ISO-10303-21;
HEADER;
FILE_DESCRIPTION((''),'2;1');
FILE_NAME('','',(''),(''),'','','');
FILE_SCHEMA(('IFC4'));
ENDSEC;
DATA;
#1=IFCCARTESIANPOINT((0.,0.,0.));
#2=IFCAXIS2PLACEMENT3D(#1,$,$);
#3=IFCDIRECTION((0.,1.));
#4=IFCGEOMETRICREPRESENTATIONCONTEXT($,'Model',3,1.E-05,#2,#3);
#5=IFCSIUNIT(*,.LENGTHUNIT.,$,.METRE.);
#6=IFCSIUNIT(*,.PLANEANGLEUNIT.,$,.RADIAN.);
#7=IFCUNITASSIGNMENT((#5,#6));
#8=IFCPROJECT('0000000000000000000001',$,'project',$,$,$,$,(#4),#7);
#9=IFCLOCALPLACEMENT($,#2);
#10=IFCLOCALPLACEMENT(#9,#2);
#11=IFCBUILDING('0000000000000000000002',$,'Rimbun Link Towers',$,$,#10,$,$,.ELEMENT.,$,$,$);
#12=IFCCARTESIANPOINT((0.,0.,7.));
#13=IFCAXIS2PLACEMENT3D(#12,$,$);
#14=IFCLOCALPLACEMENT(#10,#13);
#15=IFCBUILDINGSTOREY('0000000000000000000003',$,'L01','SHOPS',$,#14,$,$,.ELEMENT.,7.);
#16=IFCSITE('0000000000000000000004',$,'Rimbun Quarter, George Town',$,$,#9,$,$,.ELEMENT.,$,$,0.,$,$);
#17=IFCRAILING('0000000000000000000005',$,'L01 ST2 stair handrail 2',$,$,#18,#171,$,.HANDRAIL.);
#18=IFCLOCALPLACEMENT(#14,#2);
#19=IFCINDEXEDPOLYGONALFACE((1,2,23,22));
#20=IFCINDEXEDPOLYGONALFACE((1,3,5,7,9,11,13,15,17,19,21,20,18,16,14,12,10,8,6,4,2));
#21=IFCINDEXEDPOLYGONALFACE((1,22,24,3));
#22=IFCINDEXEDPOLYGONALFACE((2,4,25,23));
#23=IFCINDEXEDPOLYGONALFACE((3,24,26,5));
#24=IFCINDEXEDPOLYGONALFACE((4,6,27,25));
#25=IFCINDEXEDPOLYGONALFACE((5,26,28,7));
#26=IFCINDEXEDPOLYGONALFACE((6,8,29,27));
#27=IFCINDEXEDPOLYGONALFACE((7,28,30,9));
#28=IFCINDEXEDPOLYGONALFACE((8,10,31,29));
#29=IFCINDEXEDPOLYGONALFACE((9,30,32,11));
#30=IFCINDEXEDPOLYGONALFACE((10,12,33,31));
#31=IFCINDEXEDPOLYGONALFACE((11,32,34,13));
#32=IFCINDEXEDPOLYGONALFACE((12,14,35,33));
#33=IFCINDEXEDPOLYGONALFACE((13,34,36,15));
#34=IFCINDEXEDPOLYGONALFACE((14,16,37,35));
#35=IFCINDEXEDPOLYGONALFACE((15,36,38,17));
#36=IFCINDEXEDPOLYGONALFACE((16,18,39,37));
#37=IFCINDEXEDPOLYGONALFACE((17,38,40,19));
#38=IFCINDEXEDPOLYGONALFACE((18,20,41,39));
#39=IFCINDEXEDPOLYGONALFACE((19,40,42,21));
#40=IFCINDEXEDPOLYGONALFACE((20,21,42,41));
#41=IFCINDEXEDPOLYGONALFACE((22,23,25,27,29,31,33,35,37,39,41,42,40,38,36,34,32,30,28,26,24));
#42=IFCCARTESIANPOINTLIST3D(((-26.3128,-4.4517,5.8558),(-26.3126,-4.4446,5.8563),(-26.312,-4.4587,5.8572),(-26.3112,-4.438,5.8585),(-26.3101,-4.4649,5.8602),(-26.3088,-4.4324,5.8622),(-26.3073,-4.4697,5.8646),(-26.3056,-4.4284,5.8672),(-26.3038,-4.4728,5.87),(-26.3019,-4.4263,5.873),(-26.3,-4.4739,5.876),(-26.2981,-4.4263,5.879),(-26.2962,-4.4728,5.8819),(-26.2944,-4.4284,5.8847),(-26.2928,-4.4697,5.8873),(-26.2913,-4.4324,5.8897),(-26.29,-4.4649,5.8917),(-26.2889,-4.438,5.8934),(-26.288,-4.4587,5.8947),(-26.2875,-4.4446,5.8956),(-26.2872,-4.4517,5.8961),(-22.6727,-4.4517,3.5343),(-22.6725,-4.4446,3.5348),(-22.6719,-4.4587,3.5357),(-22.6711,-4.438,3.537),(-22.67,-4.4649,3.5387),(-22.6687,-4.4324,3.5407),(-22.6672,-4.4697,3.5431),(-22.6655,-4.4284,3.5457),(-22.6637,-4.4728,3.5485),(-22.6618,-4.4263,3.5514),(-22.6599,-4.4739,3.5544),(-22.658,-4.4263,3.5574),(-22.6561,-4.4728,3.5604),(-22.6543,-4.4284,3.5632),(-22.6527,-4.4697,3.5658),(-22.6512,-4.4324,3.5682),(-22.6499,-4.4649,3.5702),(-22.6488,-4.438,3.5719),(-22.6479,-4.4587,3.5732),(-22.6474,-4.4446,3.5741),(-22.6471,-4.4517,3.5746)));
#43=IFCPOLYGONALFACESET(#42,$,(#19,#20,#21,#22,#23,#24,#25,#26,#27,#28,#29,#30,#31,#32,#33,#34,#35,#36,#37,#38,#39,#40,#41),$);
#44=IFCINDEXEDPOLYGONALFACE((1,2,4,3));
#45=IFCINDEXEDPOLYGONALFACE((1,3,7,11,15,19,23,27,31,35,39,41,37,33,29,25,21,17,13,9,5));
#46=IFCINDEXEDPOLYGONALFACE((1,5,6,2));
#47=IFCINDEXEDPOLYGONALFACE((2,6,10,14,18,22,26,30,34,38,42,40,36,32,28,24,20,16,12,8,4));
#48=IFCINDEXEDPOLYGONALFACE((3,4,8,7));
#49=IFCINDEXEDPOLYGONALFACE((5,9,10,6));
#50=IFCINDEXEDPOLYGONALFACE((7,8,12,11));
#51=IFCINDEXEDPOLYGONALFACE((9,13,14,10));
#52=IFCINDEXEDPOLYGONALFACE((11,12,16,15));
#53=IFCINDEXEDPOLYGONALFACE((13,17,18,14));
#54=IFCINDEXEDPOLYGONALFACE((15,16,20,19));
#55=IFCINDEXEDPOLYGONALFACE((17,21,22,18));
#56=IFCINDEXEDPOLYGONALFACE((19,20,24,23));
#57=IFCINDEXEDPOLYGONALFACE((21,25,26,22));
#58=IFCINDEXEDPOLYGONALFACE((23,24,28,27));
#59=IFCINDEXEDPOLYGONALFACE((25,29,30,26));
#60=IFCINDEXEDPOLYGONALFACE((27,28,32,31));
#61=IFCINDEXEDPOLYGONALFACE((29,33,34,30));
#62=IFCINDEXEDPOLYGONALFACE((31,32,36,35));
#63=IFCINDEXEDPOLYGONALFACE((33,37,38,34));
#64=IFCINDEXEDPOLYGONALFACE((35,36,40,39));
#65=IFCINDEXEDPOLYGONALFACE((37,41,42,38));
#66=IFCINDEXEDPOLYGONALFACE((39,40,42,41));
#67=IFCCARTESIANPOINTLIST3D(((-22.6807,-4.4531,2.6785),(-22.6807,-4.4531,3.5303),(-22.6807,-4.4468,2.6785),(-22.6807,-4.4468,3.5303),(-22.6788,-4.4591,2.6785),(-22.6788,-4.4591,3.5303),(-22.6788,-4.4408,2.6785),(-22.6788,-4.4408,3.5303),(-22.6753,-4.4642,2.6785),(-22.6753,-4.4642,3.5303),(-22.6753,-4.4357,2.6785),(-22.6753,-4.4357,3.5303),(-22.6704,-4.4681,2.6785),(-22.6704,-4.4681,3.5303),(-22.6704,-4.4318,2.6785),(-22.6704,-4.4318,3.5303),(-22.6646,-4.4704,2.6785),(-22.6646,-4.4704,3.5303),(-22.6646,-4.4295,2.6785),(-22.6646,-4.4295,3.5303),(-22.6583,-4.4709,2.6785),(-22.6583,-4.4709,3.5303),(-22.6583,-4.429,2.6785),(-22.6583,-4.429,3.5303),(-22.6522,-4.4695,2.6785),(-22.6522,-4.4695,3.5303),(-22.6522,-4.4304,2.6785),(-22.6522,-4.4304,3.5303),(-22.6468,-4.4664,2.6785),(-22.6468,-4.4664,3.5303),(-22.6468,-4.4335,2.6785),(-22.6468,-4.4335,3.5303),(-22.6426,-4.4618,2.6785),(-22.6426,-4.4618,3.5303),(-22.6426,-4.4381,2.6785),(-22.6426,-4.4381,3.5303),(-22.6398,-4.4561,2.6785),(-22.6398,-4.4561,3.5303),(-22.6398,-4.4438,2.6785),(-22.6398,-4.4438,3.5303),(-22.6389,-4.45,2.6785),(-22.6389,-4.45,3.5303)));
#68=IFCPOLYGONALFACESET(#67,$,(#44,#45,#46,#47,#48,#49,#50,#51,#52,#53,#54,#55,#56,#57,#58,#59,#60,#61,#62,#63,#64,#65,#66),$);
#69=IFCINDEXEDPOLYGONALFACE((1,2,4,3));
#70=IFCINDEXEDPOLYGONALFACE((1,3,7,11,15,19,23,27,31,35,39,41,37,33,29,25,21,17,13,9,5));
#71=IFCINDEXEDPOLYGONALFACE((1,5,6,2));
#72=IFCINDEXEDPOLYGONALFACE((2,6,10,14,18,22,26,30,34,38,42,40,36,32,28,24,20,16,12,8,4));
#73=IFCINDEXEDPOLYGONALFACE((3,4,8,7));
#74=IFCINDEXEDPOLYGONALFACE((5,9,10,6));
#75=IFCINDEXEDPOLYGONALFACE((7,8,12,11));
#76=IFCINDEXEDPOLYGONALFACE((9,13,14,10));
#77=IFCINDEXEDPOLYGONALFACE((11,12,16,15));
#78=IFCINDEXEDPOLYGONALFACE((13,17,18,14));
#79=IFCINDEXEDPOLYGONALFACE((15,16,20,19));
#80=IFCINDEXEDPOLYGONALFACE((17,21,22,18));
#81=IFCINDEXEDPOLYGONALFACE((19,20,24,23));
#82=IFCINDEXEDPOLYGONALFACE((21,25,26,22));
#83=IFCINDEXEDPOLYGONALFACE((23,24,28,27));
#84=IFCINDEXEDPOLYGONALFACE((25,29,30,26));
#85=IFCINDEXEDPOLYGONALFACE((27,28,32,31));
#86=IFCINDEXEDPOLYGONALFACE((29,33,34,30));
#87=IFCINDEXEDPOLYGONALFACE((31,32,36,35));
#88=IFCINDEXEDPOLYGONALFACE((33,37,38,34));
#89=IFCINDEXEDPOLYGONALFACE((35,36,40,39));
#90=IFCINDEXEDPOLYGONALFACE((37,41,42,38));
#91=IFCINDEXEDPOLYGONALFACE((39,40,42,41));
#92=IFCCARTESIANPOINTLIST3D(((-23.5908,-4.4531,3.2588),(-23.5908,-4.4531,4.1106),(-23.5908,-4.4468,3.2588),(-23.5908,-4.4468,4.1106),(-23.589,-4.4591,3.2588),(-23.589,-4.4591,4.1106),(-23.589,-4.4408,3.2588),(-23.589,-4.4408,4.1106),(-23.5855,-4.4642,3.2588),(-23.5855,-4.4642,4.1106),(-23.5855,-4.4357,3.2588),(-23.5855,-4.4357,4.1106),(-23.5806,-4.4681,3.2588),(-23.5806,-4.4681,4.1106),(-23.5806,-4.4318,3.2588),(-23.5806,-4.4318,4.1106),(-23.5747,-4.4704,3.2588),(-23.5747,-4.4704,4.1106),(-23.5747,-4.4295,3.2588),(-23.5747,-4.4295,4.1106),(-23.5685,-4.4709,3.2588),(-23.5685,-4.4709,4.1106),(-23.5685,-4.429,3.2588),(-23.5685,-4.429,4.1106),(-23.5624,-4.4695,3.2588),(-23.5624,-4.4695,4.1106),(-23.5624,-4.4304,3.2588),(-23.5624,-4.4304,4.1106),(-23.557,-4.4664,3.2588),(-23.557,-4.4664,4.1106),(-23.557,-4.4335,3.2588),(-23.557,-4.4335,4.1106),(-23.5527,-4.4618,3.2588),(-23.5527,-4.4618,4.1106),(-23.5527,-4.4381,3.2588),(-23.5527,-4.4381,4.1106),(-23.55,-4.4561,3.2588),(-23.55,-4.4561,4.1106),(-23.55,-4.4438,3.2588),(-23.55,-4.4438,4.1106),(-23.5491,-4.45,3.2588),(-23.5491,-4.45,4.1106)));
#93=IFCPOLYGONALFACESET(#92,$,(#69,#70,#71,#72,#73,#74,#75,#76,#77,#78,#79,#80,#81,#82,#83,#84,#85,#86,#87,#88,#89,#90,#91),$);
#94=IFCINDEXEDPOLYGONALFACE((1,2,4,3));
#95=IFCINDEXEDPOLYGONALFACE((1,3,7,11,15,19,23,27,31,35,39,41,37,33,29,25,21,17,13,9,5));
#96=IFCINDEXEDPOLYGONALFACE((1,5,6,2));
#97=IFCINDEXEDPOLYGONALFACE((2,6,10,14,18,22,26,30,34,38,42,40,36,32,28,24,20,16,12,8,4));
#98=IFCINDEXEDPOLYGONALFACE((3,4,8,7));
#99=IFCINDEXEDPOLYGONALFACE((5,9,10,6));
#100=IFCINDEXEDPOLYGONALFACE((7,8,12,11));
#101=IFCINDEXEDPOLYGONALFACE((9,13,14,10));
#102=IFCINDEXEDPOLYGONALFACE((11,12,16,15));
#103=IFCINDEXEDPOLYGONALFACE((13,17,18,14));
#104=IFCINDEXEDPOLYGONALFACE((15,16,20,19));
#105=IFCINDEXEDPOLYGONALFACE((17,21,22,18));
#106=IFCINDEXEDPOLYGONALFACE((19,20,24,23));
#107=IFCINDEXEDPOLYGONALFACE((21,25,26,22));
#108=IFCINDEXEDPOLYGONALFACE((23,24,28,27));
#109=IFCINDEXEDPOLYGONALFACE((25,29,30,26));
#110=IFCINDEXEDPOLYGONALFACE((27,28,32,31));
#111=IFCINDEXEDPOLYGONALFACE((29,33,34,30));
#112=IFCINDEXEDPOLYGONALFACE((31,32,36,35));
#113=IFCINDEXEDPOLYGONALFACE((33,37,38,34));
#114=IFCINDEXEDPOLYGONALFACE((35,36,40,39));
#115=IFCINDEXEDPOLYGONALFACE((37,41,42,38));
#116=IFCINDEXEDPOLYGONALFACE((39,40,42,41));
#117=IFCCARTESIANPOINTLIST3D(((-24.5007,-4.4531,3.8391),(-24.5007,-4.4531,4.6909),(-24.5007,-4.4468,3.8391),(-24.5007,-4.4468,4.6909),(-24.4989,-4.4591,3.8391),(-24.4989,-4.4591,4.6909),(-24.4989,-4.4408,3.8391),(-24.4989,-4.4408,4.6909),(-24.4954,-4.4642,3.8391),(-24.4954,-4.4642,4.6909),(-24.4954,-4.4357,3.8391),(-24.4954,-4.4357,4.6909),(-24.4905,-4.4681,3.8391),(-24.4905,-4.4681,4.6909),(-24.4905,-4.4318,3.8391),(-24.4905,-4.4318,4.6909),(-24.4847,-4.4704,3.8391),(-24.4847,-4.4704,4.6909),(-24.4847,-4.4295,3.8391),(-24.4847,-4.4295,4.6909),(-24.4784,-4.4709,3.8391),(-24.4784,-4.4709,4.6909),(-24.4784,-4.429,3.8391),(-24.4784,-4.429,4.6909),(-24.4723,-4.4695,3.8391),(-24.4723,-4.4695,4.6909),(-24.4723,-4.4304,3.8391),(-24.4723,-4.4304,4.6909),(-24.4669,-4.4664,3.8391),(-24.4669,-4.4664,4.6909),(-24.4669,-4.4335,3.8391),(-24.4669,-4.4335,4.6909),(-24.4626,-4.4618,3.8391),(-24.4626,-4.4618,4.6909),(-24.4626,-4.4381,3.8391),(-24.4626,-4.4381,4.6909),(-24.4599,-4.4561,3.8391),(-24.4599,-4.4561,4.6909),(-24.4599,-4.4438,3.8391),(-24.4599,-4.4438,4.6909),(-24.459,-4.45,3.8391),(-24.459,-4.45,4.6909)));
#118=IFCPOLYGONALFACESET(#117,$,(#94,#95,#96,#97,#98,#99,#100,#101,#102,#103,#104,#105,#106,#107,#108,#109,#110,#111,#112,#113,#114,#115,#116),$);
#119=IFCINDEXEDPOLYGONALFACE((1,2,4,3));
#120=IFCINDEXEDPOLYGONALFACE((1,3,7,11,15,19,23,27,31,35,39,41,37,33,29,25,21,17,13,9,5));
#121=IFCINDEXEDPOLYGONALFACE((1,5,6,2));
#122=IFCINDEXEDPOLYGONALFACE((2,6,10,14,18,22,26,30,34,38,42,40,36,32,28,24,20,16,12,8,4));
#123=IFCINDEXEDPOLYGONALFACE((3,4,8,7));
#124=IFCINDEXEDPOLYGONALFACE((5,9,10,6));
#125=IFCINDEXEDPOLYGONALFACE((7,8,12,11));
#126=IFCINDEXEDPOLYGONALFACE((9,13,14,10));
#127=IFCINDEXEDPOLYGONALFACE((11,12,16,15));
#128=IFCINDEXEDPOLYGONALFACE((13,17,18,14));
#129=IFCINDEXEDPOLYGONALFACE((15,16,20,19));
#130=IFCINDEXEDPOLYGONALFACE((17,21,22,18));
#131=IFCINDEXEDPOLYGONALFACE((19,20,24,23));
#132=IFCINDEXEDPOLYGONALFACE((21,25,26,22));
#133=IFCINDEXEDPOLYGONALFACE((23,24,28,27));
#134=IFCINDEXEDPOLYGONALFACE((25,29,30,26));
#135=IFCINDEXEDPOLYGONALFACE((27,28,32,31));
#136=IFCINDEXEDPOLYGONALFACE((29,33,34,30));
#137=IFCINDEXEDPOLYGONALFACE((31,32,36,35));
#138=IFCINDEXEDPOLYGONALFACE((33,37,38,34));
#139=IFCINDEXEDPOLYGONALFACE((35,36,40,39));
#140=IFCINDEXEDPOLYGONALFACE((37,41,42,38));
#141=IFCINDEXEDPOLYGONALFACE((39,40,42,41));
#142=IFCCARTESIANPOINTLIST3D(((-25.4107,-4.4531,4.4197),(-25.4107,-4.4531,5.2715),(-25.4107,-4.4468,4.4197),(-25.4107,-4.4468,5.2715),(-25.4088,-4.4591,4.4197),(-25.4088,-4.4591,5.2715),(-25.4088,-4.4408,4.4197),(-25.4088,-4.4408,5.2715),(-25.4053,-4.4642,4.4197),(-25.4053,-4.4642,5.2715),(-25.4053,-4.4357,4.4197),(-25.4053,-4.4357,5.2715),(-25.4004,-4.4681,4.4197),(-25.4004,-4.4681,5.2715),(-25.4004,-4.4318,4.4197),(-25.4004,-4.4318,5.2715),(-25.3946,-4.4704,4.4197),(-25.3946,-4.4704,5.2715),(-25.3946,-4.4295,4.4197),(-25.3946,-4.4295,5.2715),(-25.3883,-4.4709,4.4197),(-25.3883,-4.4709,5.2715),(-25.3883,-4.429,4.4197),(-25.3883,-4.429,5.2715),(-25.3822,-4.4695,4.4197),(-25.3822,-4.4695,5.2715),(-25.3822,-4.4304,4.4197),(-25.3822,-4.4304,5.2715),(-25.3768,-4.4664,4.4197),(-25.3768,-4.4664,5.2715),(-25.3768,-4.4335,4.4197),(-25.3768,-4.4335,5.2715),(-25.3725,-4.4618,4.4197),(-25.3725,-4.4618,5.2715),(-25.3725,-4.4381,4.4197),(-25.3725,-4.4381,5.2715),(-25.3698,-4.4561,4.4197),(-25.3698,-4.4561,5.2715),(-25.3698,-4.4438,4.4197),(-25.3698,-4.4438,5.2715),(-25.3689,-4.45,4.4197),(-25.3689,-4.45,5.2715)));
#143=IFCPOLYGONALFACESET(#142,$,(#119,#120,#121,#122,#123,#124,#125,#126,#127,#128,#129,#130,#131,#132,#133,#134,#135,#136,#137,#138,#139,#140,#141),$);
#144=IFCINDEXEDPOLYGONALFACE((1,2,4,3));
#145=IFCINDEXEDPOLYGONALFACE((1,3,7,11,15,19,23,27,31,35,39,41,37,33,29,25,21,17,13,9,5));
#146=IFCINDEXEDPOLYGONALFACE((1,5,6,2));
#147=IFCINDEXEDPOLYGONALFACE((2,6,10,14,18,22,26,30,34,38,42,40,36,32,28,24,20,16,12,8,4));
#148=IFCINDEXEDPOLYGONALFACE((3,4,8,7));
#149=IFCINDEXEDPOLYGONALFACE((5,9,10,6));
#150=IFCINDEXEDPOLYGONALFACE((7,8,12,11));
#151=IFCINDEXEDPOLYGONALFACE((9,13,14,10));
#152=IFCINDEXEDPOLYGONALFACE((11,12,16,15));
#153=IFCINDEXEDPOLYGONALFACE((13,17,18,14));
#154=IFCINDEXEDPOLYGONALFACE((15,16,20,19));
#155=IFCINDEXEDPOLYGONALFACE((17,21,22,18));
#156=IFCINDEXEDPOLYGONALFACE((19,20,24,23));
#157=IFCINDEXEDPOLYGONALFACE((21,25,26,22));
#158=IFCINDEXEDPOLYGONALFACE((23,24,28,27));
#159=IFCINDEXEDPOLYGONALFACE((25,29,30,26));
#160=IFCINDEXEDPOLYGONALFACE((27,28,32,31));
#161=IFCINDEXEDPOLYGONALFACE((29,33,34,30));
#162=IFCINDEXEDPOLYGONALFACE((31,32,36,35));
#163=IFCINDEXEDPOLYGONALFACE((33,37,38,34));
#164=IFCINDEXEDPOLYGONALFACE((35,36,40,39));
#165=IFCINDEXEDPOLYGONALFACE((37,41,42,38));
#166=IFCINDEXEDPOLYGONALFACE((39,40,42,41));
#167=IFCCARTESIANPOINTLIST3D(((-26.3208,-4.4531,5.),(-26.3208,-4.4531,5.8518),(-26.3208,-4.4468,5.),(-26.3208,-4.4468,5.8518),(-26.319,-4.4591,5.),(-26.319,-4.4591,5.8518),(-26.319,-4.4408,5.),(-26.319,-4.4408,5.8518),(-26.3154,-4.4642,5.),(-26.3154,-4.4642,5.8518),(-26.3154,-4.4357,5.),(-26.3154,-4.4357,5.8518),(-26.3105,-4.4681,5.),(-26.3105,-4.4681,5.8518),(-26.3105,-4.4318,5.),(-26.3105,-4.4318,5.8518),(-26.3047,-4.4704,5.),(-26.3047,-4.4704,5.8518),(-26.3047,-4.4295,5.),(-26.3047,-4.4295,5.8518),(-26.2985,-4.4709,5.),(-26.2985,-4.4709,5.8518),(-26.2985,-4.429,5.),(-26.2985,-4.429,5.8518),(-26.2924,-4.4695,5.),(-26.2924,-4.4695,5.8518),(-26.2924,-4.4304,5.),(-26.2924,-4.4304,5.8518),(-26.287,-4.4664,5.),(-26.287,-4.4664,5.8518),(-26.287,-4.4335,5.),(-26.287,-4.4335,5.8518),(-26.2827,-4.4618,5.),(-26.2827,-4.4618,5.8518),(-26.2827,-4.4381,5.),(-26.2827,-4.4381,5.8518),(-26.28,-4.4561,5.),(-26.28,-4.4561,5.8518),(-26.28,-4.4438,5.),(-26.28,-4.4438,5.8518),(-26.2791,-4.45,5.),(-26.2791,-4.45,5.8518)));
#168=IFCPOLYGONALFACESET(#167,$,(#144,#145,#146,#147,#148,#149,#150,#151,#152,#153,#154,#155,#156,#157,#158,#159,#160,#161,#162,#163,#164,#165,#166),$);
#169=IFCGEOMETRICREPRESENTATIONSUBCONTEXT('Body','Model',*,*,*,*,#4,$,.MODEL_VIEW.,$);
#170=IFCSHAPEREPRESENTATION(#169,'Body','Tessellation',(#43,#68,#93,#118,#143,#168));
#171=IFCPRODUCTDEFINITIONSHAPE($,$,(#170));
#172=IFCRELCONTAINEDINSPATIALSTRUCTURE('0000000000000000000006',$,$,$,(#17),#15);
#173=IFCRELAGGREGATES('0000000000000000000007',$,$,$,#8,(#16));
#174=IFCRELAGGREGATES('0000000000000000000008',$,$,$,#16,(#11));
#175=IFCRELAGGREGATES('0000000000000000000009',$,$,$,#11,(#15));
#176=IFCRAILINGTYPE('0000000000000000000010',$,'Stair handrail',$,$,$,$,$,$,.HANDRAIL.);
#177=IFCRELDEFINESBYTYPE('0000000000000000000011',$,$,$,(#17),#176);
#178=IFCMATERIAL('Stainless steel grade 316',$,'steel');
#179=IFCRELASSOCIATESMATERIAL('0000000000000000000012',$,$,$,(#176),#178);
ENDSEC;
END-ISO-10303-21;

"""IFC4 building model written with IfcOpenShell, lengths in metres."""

from ifc_helpers import new_model, si_unit, direction, frame, origin, origin_2d, place, context, subcontext, project, spatial, circle, extrude, material, type_object, element, save


model = new_model("IFC4")

# Units and contexts
model_context = context("Model", 3, precision=1e-05, world=origin(), true_north=direction((0.0, 1.0)))
body_context = subcontext(model_context, "Body", "Model", "MODEL_VIEW")
ifc_project = project(units=[si_unit("LENGTHUNIT", "METRE"), si_unit("PLANEANGLEUNIT", "RADIAN")], contexts=[model_context])

# Site, building, storey
site_placement = place(None, origin())
site = spatial("IfcSite", under=ifc_project, at=site_placement, Name="Rimbun Quarter, George Town", CompositionType="ELEMENT", RefElevation=0.0)
building_placement = place(site_placement, origin())
building = spatial("IfcBuilding", under=site, at=building_placement, Name="Rimbun Link Towers", CompositionType="ELEMENT")
storey_placement = place(building_placement, frame((0.0, 0.0, 7.0)))
storey = spatial("IfcBuildingStorey", under=building, at=storey_placement, Name="L01", Description="SHOPS", CompositionType="ELEMENT", Elevation=7.0)

# Railing
ifc_material_1 = material(Name="Stainless steel grade 316", Category="steel")
railing_type_1 = type_object("IfcRailingType", Name="Stair handrail", PredefinedType="HANDRAIL", material=ifc_material_1)
railing_1_placement = place(storey_placement, frame((-22.6599, -4.45, 2.6785)))
element("IfcRailing", 1, at=railing_1_placement, inside=storey, type_object=railing_type_1, Name="L01 ST2 stair handrail 2", PredefinedType="HANDRAIL", context=body_context, shape_type="SweptSolid", body=[
    extrude(circle(Radius=0.0239, at=origin_2d()), frame((0.0, 0.0, 0.876), z_axis=(-0.843128, 0.0, 0.537713), x_axis=(0.0, -1.0, 0.0)), (0.0, 0.0, 1.0), 4.3174),
    extrude(circle(Radius=0.021, at=origin_2d()), origin(), (0.0, 0.0, 1.0), 0.8518),
    extrude(circle(Radius=0.021, at=origin_2d()), frame((-0.9102, 0.0, 0.5803)), (0.0, 0.0, 1.0), 0.8518),
    extrude(circle(Radius=0.021, at=origin_2d()), frame((-1.8201, 0.0, 1.1606)), (0.0, 0.0, 1.0), 0.8518),
    extrude(circle(Radius=0.021, at=origin_2d()), frame((-2.73, 0.0, 1.7412)), (0.0, 0.0, 1.0), 0.8518),
    extrude(circle(Radius=0.021, at=origin_2d()), frame((-3.6401, 0.0, 2.3215)), (0.0, 0.0, 1.0), 0.8518),
])

save(model, "model.ifc")
